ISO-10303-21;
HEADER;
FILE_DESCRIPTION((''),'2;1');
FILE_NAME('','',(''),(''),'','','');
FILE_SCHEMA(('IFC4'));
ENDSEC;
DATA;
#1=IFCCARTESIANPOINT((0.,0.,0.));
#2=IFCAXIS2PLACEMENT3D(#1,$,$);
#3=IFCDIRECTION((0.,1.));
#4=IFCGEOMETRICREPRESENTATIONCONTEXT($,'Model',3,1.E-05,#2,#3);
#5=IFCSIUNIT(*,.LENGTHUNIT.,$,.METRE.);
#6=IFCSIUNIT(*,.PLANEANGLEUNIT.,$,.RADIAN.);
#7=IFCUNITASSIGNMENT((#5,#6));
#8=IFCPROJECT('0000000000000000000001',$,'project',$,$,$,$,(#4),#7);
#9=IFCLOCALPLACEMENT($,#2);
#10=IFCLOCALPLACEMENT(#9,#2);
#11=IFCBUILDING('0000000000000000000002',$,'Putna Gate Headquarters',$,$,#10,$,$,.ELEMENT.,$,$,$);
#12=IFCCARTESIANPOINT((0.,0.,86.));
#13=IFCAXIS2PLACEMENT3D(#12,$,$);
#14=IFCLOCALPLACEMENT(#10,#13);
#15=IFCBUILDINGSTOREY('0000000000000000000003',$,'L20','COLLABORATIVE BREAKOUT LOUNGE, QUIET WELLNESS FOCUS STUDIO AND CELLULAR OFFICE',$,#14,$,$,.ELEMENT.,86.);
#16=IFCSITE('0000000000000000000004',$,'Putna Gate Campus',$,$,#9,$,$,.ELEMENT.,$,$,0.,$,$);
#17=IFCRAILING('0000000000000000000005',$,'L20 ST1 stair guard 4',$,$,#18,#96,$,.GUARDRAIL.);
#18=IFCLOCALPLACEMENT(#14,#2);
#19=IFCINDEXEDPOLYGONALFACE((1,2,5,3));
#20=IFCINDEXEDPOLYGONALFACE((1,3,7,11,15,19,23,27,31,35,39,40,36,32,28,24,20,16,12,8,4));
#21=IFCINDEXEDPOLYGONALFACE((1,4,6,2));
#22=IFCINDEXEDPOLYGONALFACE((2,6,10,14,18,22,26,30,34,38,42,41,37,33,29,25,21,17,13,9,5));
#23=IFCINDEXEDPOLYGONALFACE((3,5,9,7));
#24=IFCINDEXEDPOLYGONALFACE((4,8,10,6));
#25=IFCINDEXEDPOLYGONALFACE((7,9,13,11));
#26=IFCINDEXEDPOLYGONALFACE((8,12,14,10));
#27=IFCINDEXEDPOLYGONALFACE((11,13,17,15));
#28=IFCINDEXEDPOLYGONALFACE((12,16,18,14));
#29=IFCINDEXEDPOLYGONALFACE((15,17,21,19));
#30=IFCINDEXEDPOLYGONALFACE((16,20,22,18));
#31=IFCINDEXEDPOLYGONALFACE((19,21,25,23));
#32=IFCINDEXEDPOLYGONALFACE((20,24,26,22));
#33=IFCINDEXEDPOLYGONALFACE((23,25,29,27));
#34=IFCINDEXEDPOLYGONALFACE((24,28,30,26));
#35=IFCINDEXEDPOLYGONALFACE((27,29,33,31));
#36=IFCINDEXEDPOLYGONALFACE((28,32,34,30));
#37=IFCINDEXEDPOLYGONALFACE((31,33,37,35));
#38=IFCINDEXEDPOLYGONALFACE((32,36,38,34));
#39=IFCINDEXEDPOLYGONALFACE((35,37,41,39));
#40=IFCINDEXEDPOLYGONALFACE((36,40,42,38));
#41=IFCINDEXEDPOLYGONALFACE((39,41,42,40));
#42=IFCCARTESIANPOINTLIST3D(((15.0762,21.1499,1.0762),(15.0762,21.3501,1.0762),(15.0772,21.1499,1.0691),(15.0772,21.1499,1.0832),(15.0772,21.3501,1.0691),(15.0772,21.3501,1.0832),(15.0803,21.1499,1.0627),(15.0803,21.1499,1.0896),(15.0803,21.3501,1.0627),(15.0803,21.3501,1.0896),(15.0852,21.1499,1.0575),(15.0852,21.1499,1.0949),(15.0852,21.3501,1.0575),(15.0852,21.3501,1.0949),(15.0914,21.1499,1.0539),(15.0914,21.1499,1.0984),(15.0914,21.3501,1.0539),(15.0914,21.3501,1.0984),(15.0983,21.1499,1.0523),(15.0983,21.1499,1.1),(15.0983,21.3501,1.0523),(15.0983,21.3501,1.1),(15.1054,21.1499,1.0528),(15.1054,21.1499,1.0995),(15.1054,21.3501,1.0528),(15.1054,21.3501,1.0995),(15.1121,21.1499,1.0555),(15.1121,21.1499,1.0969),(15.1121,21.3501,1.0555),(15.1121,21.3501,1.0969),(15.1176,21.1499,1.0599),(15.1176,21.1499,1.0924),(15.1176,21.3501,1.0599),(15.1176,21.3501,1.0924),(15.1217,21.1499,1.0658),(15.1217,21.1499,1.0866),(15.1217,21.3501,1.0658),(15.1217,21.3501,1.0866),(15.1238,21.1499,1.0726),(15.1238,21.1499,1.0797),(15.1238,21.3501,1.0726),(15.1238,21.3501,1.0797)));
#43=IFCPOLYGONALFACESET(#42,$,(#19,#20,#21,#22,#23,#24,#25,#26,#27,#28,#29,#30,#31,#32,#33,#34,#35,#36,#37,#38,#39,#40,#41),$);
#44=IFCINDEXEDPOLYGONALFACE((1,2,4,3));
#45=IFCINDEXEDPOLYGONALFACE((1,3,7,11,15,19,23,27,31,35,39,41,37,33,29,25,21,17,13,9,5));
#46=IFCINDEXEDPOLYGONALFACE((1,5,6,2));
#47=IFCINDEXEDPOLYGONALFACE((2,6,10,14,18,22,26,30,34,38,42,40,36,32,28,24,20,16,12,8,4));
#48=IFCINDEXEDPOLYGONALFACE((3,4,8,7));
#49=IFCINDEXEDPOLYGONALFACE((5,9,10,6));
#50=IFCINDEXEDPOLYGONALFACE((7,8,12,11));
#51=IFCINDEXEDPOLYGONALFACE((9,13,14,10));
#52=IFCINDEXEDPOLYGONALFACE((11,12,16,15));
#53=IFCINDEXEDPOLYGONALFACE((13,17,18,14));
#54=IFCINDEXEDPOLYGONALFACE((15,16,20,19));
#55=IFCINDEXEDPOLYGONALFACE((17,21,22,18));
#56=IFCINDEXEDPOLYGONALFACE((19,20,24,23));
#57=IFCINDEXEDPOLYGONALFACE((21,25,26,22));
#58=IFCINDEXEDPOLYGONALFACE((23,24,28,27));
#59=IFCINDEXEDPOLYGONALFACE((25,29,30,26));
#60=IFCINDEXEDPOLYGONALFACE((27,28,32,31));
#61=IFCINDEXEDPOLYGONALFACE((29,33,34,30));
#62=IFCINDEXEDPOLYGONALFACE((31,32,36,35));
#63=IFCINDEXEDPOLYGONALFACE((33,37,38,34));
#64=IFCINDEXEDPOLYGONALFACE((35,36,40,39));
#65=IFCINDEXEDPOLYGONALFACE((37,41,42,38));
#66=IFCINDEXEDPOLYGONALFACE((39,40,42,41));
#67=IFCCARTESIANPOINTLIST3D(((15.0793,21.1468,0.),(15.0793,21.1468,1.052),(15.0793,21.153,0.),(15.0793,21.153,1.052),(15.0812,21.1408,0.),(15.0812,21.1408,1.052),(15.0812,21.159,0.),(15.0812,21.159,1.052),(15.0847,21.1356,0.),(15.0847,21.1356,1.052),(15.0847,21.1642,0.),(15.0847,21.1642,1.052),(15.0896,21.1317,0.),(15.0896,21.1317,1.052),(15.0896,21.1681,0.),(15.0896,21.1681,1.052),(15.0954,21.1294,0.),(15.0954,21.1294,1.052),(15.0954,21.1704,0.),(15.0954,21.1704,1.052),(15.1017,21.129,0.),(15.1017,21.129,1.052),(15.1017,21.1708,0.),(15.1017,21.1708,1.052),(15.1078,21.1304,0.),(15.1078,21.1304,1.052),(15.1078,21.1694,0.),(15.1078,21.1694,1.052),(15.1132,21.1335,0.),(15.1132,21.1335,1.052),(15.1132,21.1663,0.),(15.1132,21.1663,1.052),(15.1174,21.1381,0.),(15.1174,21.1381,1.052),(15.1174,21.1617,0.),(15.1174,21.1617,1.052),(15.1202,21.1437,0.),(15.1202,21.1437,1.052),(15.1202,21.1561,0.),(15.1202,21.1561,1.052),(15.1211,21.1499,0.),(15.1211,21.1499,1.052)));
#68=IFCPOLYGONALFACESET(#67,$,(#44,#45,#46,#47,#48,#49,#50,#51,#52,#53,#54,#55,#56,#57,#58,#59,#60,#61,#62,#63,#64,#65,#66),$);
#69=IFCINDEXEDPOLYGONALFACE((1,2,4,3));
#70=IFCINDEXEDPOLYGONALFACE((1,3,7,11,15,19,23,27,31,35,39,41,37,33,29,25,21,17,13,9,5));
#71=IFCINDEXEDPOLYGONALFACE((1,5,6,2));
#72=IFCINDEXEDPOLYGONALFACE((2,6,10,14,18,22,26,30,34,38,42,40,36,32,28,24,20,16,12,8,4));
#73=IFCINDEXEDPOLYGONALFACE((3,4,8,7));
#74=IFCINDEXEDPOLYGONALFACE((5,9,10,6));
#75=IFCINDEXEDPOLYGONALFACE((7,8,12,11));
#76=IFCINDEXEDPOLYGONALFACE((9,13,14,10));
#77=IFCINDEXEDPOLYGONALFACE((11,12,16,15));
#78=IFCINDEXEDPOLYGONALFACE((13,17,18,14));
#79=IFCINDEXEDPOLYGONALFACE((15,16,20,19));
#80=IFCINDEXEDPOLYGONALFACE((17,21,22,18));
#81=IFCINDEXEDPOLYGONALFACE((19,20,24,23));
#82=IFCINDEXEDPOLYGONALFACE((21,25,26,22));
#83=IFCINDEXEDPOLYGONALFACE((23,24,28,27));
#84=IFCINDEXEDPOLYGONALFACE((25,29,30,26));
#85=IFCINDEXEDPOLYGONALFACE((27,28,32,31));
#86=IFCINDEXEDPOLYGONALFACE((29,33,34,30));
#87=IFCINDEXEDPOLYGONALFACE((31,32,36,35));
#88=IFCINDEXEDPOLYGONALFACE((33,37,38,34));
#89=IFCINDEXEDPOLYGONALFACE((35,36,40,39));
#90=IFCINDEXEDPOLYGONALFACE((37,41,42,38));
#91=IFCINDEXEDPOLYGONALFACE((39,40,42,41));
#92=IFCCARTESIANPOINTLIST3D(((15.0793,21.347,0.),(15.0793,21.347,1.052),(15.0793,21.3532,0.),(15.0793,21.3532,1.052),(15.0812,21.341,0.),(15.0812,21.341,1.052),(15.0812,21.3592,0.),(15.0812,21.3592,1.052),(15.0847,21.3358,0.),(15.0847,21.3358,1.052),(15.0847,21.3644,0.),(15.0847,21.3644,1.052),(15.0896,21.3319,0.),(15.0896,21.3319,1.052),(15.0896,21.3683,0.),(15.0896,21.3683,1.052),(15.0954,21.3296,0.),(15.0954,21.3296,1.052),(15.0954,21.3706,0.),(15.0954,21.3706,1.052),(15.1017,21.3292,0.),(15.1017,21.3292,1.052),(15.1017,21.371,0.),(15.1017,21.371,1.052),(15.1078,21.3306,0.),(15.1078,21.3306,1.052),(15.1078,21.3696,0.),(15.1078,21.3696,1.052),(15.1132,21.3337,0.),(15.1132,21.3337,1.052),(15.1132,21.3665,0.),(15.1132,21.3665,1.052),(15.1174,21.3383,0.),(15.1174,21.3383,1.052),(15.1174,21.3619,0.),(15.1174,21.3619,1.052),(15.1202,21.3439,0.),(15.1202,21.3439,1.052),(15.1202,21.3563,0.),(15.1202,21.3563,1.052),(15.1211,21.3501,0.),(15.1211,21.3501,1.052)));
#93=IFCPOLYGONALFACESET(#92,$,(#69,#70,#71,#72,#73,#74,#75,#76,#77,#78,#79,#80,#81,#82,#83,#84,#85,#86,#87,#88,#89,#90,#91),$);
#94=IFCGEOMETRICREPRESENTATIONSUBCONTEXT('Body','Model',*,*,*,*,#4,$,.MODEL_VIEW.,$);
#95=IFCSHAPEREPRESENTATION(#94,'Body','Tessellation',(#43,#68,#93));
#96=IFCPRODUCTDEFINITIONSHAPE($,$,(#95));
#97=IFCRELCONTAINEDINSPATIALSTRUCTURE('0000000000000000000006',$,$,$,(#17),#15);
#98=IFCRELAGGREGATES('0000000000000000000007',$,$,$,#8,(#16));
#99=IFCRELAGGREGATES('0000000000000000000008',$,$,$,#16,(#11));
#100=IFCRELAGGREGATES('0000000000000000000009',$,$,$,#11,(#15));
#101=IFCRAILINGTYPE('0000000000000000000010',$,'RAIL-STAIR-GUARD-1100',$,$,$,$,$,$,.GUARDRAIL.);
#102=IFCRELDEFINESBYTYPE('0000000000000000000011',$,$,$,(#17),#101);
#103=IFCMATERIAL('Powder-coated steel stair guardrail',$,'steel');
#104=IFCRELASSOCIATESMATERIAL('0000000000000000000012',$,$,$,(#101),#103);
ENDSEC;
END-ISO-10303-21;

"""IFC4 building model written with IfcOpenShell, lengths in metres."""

from ifc_helpers import new_model, si_unit, direction, frame, origin, origin_2d, place, context, subcontext, project, spatial, circle, extrude, material, type_object, element, save


model = new_model("IFC4")

# Units and contexts
model_context = context("Model", 3, precision=1e-05, world=origin(), true_north=direction((0.0, 1.0)))
body_context = subcontext(model_context, "Body", "Model", "MODEL_VIEW")
ifc_project = project(units=[si_unit("LENGTHUNIT", "METRE"), si_unit("PLANEANGLEUNIT", "RADIAN")], contexts=[model_context])

# Site, building, storey
site_placement = place(None, origin())
site = spatial("IfcSite", under=ifc_project, at=site_placement, Name="Putna Gate Campus", CompositionType="ELEMENT", RefElevation=0.0)
building_placement = place(site_placement, origin())
building = spatial("IfcBuilding", under=site, at=building_placement, Name="Putna Gate Headquarters", CompositionType="ELEMENT")
storey_placement = place(building_placement, frame((0.0, 0.0, 86.0)))
storey = spatial("IfcBuildingStorey", under=building, at=storey_placement, Name="L20", Description="COLLABORATIVE BREAKOUT LOUNGE, QUIET WELLNESS FOCUS STUDIO AND CELLULAR OFFICE", CompositionType="ELEMENT", Elevation=86.0)

# Railing
ifc_material_1 = material(Name="Powder-coated steel stair guardrail", Category="steel")
railing_type_1 = type_object("IfcRailingType", Name="RAIL-STAIR-GUARD-1100", PredefinedType="GUARDRAIL", material=ifc_material_1)
railing_1_placement = place(storey_placement, frame((15.1001, 21.1499, 0.0)))
element("IfcRailing", 1, at=railing_1_placement, inside=storey, type_object=railing_type_1, Name="L20 ST1 stair guard 4", PredefinedType="GUARDRAIL", context=body_context, shape_type="SweptSolid", body=[
    extrude(circle(Radius=0.0239, at=origin_2d()), frame((0.0, 0.0, 1.0762), z_axis=(0.0, 1.0, 0.0), x_axis=(-1.0, 0.0, 0.0)), (0.0, 0.0, 1.0), 0.2002),
    extrude(circle(Radius=0.021, at=origin_2d()), origin(), (0.0, 0.0, 1.0), 1.052),
    extrude(circle(Radius=0.021, at=origin_2d()), frame((0.0, 0.2002, 0.0)), (0.0, 0.0, 1.0), 1.052),
])

save(model, "model.ifc")
